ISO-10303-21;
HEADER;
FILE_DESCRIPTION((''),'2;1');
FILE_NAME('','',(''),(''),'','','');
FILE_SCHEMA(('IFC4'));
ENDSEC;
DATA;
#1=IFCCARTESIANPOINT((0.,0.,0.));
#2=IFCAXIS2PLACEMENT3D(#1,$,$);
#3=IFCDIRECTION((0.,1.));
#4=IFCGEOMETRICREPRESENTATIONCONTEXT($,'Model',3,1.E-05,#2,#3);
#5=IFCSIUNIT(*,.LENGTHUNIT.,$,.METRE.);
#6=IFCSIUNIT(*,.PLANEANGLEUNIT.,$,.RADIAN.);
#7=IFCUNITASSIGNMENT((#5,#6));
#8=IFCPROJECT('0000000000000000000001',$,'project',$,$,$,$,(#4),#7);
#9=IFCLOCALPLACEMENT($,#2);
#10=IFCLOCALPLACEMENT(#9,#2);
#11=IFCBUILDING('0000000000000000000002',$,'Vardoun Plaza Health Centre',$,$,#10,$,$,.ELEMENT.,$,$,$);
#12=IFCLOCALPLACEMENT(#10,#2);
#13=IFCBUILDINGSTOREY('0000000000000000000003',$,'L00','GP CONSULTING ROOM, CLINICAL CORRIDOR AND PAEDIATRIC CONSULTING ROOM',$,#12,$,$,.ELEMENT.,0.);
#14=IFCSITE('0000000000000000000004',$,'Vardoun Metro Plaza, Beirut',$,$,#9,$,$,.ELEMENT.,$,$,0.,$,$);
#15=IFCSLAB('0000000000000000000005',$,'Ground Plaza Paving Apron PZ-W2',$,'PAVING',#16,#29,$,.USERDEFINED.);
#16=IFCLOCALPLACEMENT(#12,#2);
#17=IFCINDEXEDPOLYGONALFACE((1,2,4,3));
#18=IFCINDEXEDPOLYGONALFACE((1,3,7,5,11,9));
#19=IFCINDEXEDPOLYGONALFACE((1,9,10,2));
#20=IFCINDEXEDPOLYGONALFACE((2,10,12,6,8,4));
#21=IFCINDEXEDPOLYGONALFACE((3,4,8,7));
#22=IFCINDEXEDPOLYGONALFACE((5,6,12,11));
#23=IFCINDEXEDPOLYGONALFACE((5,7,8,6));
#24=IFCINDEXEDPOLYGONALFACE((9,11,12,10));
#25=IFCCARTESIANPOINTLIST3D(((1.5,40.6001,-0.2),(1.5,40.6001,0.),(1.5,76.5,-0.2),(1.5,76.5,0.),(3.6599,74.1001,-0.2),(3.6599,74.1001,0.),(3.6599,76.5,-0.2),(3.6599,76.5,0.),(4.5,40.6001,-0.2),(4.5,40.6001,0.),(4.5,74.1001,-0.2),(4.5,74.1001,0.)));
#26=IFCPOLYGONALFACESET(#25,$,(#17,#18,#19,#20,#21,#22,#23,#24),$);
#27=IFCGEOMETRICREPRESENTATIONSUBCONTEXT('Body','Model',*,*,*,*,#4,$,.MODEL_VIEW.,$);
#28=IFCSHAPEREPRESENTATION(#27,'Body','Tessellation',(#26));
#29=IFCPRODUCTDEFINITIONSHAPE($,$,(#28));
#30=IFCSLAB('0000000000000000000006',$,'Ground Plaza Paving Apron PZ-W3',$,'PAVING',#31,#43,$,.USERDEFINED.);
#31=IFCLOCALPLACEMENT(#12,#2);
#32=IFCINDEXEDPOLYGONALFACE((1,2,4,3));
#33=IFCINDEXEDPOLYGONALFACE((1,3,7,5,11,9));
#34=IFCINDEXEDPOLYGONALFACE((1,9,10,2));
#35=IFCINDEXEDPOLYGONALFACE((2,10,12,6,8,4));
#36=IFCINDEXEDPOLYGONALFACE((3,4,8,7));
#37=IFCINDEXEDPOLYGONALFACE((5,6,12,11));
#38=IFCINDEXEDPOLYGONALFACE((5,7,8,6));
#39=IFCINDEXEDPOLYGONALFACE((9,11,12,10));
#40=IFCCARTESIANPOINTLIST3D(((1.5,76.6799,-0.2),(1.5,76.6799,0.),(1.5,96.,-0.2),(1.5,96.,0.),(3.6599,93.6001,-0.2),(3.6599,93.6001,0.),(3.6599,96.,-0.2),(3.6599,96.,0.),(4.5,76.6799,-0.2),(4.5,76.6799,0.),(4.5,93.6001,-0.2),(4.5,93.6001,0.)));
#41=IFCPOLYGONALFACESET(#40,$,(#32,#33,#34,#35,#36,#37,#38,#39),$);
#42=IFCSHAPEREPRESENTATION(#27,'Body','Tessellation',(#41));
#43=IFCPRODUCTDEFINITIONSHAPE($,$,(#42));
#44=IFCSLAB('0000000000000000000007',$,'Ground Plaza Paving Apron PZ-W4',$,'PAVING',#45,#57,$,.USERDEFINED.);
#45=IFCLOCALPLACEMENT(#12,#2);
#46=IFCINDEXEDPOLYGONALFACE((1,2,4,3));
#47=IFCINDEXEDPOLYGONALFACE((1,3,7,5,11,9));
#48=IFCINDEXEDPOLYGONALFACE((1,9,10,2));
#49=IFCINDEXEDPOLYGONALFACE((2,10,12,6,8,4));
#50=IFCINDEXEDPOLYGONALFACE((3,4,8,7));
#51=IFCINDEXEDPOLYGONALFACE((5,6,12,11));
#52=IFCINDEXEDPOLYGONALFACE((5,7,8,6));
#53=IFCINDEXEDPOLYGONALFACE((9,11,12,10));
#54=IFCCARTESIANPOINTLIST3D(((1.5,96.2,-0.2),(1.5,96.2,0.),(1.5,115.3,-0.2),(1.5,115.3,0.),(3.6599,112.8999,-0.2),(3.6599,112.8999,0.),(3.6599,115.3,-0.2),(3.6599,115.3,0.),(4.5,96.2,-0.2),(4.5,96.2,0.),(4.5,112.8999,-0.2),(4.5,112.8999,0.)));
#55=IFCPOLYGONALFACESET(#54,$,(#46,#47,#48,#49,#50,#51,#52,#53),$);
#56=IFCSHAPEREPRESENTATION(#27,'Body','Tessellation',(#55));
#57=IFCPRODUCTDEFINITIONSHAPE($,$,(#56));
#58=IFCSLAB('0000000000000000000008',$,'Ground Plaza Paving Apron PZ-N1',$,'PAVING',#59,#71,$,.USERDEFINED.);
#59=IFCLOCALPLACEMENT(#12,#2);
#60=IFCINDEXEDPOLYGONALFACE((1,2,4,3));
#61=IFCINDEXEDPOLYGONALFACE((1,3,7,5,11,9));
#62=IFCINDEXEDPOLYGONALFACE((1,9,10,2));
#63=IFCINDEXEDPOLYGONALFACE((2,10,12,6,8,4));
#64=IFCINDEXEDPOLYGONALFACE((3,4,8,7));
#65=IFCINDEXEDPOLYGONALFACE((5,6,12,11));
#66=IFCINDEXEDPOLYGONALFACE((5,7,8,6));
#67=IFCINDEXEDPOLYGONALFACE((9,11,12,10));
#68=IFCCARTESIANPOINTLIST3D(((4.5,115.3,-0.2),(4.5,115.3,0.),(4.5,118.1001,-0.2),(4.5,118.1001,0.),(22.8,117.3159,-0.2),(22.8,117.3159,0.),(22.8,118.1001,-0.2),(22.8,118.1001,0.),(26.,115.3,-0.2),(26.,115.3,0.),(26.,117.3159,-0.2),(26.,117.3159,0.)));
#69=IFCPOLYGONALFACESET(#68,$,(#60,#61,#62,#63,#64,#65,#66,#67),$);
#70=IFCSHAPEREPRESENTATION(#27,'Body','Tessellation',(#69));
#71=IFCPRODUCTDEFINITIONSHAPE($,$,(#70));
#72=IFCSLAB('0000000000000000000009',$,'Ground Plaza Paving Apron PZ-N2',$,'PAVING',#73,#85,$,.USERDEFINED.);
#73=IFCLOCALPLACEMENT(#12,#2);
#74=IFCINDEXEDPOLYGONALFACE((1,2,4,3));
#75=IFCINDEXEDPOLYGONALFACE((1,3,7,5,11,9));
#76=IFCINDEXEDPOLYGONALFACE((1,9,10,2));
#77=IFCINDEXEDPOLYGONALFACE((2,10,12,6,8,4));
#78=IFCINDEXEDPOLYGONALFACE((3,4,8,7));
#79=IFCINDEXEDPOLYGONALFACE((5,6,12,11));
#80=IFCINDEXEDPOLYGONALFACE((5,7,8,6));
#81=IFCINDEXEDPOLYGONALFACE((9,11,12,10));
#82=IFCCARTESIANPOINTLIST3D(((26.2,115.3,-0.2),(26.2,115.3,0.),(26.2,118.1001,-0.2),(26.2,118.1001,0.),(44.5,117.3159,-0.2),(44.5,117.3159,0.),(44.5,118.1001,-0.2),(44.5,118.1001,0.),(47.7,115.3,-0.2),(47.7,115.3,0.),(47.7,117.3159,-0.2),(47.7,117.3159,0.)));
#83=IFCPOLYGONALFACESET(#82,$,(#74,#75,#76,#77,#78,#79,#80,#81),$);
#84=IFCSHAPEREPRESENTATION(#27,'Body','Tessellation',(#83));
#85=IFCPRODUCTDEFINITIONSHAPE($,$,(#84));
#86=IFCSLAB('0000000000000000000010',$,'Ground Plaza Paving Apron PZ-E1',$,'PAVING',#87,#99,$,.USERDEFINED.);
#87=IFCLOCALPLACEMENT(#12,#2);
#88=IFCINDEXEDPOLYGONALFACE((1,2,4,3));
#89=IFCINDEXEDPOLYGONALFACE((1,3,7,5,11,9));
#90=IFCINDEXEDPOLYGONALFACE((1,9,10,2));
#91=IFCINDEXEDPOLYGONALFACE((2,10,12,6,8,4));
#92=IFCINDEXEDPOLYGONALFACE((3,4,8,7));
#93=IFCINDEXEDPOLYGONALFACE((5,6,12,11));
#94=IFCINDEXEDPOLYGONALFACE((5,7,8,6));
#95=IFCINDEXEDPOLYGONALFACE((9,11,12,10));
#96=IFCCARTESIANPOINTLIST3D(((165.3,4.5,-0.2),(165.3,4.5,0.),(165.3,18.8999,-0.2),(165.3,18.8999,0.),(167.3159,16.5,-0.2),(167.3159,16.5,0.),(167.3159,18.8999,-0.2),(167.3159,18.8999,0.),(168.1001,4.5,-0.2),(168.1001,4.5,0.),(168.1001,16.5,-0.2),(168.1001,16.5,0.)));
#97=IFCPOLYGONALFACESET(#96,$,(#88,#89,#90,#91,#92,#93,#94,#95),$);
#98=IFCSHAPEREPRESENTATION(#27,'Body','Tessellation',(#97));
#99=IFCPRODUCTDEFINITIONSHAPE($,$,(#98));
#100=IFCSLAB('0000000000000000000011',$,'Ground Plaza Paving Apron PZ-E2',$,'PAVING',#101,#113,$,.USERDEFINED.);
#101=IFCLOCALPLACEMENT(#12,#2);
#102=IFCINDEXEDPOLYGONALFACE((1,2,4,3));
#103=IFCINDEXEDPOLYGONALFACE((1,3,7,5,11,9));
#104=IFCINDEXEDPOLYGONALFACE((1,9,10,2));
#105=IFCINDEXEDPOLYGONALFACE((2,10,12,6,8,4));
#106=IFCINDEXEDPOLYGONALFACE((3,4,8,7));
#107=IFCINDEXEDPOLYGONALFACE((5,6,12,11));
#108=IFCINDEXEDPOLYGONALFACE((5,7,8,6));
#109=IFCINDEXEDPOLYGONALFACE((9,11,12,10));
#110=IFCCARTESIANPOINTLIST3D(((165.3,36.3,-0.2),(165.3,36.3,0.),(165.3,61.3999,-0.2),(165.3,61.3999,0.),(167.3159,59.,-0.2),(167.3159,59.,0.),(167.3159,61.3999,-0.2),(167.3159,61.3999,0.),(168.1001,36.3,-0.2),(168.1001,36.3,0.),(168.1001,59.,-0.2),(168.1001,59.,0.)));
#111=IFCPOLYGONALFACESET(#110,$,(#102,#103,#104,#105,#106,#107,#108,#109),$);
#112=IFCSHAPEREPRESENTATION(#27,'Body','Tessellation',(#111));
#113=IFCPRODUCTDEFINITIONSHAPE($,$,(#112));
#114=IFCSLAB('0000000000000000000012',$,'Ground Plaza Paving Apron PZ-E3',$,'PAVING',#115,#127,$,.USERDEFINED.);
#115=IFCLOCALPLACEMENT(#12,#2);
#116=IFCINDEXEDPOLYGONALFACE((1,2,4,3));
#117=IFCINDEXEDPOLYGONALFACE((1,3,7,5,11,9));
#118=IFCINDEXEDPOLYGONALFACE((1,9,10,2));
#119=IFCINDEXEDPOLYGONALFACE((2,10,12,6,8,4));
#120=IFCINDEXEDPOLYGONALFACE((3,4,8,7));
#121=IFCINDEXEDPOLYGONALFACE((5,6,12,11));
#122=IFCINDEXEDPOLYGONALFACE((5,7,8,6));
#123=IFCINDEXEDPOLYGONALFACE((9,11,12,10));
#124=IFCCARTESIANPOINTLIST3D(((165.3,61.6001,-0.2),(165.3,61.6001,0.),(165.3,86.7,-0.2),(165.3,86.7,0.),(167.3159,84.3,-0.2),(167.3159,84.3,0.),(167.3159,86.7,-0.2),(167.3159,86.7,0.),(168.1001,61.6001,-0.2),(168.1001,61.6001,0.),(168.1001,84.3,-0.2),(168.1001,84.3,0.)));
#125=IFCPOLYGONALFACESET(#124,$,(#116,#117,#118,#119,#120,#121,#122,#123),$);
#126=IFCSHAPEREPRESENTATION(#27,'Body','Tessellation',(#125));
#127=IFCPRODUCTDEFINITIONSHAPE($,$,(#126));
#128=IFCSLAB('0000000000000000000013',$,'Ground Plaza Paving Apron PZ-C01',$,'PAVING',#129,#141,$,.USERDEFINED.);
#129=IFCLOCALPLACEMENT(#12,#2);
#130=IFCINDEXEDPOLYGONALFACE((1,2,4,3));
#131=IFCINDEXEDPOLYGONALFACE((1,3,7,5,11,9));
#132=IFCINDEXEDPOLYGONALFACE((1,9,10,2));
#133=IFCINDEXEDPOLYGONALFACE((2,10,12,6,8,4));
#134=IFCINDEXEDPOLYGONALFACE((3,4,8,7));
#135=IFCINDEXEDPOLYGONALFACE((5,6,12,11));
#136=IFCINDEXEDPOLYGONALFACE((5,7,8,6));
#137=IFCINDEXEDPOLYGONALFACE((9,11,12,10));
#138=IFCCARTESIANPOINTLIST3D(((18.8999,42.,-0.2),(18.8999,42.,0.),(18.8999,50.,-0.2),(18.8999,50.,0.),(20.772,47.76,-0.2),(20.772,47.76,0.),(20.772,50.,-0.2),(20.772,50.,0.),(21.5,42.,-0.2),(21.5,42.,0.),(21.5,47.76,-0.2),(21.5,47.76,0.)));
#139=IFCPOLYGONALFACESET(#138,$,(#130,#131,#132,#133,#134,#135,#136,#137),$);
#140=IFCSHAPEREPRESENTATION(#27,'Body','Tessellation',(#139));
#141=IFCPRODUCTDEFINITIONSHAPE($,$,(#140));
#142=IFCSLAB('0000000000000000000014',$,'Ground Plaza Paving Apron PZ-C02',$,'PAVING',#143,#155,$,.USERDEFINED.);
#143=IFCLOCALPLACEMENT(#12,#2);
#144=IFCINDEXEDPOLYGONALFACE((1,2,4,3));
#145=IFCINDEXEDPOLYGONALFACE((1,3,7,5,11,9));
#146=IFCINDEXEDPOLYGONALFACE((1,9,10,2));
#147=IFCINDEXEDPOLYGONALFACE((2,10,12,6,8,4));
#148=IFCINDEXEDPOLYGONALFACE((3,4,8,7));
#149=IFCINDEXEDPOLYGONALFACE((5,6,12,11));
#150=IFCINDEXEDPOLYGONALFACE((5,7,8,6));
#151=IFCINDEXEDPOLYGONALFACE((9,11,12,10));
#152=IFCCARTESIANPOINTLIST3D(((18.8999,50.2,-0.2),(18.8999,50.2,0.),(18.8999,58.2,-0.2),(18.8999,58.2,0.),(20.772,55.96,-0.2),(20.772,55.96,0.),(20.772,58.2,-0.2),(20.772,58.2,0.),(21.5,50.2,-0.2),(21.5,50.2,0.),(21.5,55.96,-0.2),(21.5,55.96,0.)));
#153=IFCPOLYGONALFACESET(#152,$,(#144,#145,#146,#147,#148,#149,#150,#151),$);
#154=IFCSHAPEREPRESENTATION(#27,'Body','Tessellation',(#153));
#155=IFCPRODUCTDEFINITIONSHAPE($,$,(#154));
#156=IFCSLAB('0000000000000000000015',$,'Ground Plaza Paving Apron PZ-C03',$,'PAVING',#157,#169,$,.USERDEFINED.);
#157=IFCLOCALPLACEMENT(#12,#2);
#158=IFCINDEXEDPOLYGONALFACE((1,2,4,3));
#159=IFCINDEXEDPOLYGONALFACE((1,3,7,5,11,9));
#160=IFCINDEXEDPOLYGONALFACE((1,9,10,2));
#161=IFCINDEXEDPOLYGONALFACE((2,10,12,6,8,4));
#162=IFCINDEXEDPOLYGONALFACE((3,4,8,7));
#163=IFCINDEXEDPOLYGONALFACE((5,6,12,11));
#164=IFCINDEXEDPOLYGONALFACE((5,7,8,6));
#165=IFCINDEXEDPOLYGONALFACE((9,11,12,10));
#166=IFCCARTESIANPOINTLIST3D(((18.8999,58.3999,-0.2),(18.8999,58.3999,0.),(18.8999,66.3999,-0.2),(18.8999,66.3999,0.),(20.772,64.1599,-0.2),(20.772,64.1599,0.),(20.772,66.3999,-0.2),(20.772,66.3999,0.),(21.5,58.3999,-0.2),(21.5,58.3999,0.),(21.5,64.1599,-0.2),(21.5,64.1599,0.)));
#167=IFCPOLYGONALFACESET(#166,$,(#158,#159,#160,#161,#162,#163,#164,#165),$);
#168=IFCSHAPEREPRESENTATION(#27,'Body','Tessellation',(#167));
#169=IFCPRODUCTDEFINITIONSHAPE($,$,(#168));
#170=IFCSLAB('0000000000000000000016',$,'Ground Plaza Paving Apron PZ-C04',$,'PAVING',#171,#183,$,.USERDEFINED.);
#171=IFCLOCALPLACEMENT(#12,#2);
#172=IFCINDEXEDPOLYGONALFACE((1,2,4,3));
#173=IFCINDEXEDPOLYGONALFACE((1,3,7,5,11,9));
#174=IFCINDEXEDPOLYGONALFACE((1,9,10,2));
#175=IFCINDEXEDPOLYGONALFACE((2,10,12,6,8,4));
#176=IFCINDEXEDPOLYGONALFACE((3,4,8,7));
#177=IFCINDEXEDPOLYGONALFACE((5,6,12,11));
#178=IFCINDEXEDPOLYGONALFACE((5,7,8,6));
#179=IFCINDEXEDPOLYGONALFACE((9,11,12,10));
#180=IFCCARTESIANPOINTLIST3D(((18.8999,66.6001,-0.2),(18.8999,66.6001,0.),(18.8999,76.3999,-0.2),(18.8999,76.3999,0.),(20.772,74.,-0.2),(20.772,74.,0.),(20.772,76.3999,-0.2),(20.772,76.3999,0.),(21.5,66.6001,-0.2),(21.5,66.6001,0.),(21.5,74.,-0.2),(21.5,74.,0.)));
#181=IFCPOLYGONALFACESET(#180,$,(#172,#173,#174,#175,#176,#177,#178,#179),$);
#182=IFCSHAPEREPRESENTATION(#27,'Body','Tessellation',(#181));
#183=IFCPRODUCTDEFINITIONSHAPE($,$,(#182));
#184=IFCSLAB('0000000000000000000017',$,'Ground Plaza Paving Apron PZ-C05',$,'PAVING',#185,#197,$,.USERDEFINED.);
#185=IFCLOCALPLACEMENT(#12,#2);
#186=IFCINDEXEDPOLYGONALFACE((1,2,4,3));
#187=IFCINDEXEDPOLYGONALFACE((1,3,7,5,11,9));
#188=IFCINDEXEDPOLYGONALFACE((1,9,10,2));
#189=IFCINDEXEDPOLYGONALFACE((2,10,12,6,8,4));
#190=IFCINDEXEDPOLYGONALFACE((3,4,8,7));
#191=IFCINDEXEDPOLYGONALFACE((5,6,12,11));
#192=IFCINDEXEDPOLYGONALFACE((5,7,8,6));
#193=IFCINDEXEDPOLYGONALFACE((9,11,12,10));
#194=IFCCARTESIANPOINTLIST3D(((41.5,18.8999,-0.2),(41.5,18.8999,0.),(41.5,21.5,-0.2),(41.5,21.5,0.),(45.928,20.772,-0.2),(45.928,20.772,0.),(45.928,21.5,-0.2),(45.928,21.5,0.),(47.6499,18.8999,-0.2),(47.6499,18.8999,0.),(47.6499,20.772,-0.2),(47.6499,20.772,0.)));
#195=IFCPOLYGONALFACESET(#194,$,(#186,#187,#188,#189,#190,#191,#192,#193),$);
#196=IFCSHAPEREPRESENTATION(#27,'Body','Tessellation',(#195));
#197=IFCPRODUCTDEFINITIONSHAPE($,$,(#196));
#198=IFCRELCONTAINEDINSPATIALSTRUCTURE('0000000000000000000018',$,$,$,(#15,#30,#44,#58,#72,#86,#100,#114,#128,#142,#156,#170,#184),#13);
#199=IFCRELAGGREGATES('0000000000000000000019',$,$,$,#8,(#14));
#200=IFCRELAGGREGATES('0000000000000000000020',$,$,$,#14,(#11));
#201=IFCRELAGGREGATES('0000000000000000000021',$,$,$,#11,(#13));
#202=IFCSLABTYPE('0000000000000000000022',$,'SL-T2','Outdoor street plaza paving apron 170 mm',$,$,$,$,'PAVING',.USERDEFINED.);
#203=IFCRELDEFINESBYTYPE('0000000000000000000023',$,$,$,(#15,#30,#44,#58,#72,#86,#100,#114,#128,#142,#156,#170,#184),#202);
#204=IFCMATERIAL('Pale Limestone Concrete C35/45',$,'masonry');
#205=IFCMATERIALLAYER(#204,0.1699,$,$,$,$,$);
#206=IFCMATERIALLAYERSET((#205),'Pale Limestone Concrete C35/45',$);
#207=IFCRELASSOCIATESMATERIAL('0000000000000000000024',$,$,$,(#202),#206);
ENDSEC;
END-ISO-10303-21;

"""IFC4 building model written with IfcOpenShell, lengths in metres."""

from ifc_helpers import new_model, si_unit, direction, frame, origin, place, context, subcontext, project, spatial, polyline, outline, extrude, material, layer, layer_set, type_object, element, save


model = new_model("IFC4")

# Units and contexts
model_context = context("Model", 3, precision=1e-05, world=origin(), true_north=direction((0.0, 1.0)))
body_context = subcontext(model_context, "Body", "Model", "MODEL_VIEW")
ifc_project = project(units=[si_unit("LENGTHUNIT", "METRE"), si_unit("PLANEANGLEUNIT", "RADIAN")], contexts=[model_context])

# Site, building, storey
site_placement = place(None, origin())
site = spatial("IfcSite", under=ifc_project, at=site_placement, Name="Vardoun Metro Plaza, Beirut", CompositionType="ELEMENT", RefElevation=0.0)
building_placement = place(site_placement, origin())
building = spatial("IfcBuilding", under=site, at=building_placement, Name="Vardoun Plaza Health Centre", CompositionType="ELEMENT")
storey_placement = place(building_placement, origin())
storey = spatial("IfcBuildingStorey", under=building, at=storey_placement, Name="L00", Description="GP CONSULTING ROOM, CLINICAL CORRIDOR AND PAEDIATRIC CONSULTING ROOM", CompositionType="ELEMENT", Elevation=0.0)

# Slabs
ifc_material_1 = material(Name="Pale Limestone Concrete C35/45", Category="masonry")
ifc_layer_1 = layer(ifc_material_1, 0.1699)
ifc_layer_set_1 = layer_set([ifc_layer_1], Name="Pale Limestone Concrete C35/45")
slab_type_1 = type_object("IfcSlabType", Name="SL-T2", Description="Outdoor street plaza paving apron 170 mm", ElementType="PAVING", PredefinedType="USERDEFINED", material=ifc_layer_set_1)
slab_1_placement = place(storey_placement, frame((0.0, 0.0, -0.2)))
element("IfcSlab", 1, at=slab_1_placement, inside=storey, type_object=slab_type_1, Name="Ground Plaza Paving Apron PZ-W2", ObjectType="PAVING", PredefinedType="USERDEFINED", context=body_context, shape_type="SweptSolid", body=[
    extrude(outline(polyline([(1.5, 40.6001), (4.5, 40.6001), (4.5, 74.1001), (3.6599, 74.1001), (3.6599, 76.5), (1.5, 76.5), (1.5, 40.6001)])), origin(), (0.0, 0.0, 1.0), 0.2),
])
slab_2_placement = place(storey_placement, frame((0.0, 0.0, -0.2)))
element("IfcSlab", 2, at=slab_2_placement, inside=storey, type_object=slab_type_1, Name="Ground Plaza Paving Apron PZ-W3", ObjectType="PAVING", PredefinedType="USERDEFINED", context=body_context, shape_type="SweptSolid", body=[
    extrude(outline(polyline([(1.5, 76.6799), (4.5, 76.6799), (4.5, 93.6001), (3.6599, 93.6001), (3.6599, 96.0), (1.5, 96.0), (1.5, 76.6799)])), origin(), (0.0, 0.0, 1.0), 0.2),
])
slab_3_placement = place(storey_placement, frame((0.0, 0.0, -0.2)))
element("IfcSlab", 3, at=slab_3_placement, inside=storey, type_object=slab_type_1, Name="Ground Plaza Paving Apron PZ-W4", ObjectType="PAVING", PredefinedType="USERDEFINED", context=body_context, shape_type="SweptSolid", body=[
    extrude(outline(polyline([(1.5, 96.2), (4.5, 96.2), (4.5, 112.8999), (3.6599, 112.8999), (3.6599, 115.3), (1.5, 115.3), (1.5, 96.2)])), origin(), (0.0, 0.0, 1.0), 0.2),
])
slab_4_placement = place(storey_placement, frame((0.0, 0.0, -0.2)))
element("IfcSlab", 4, at=slab_4_placement, inside=storey, type_object=slab_type_1, Name="Ground Plaza Paving Apron PZ-N1", ObjectType="PAVING", PredefinedType="USERDEFINED", context=body_context, shape_type="SweptSolid", body=[
    extrude(outline(polyline([(4.5, 115.3), (26.0, 115.3), (26.0, 117.3159), (22.8, 117.3159), (22.8, 118.1001), (4.5, 118.1001), (4.5, 115.3)])), origin(), (0.0, 0.0, 1.0), 0.2),
])
slab_5_placement = place(storey_placement, frame((0.0, 0.0, -0.2)))
element("IfcSlab", 5, at=slab_5_placement, inside=storey, type_object=slab_type_1, Name="Ground Plaza Paving Apron PZ-N2", ObjectType="PAVING", PredefinedType="USERDEFINED", context=body_context, shape_type="SweptSolid", body=[
    extrude(outline(polyline([(26.2, 115.3), (47.7, 115.3), (47.7, 117.3159), (44.5, 117.3159), (44.5, 118.1001), (26.2, 118.1001), (26.2, 115.3)])), origin(), (0.0, 0.0, 1.0), 0.2),
])
slab_6_placement = place(storey_placement, frame((0.0, 0.0, -0.2)))
element("IfcSlab", 6, at=slab_6_placement, inside=storey, type_object=slab_type_1, Name="Ground Plaza Paving Apron PZ-E1", ObjectType="PAVING", PredefinedType="USERDEFINED", context=body_context, shape_type="SweptSolid", body=[
    extrude(outline(polyline([(165.3, 4.5), (168.1001, 4.5), (168.1001, 16.5), (167.3159, 16.5), (167.3159, 18.8999), (165.3, 18.8999), (165.3, 4.5)])), origin(), (0.0, 0.0, 1.0), 0.2),
])
slab_7_placement = place(storey_placement, frame((0.0, 0.0, -0.2)))
element("IfcSlab", 7, at=slab_7_placement, inside=storey, type_object=slab_type_1, Name="Ground Plaza Paving Apron PZ-E2", ObjectType="PAVING", PredefinedType="USERDEFINED", context=body_context, shape_type="SweptSolid", body=[
    extrude(outline(polyline([(165.3, 36.3), (168.1001, 36.3), (168.1001, 59.0), (167.3159, 59.0), (167.3159, 61.3999), (165.3, 61.3999), (165.3, 36.3)])), origin(), (0.0, 0.0, 1.0), 0.2),
])
slab_8_placement = place(storey_placement, frame((0.0, 0.0, -0.2)))
element("IfcSlab", 8, at=slab_8_placement, inside=storey, type_object=slab_type_1, Name="Ground Plaza Paving Apron PZ-E3", ObjectType="PAVING", PredefinedType="USERDEFINED", context=body_context, shape_type="SweptSolid", body=[
    extrude(outline(polyline([(165.3, 61.6001), (168.1001, 61.6001), (168.1001, 84.3), (167.3159, 84.3), (167.3159, 86.7), (165.3, 86.7), (165.3, 61.6001)])), origin(), (0.0, 0.0, 1.0), 0.2),
])
slab_9_placement = place(storey_placement, frame((0.0, 0.0, -0.2)))
element("IfcSlab", 9, at=slab_9_placement, inside=storey, type_object=slab_type_1, Name="Ground Plaza Paving Apron PZ-C01", ObjectType="PAVING", PredefinedType="USERDEFINED", context=body_context, shape_type="SweptSolid", body=[
    extrude(outline(polyline([(18.8999, 42.0), (21.5, 42.0), (21.5, 47.76), (20.772, 47.76), (20.772, 50.0), (18.8999, 50.0), (18.8999, 42.0)])), origin(), (0.0, 0.0, 1.0), 0.2),
])
slab_10_placement = place(storey_placement, frame((0.0, 0.0, -0.2)))
element("IfcSlab", 10, at=slab_10_placement, inside=storey, type_object=slab_type_1, Name="Ground Plaza Paving Apron PZ-C02", ObjectType="PAVING", PredefinedType="USERDEFINED", context=body_context, shape_type="SweptSolid", body=[
    extrude(outline(polyline([(18.8999, 50.2), (21.5, 50.2), (21.5, 55.96), (20.772, 55.96), (20.772, 58.2), (18.8999, 58.2), (18.8999, 50.2)])), origin(), (0.0, 0.0, 1.0), 0.2),
])
slab_11_placement = place(storey_placement, frame((0.0, 0.0, -0.2)))
element("IfcSlab", 11, at=slab_11_placement, inside=storey, type_object=slab_type_1, Name="Ground Plaza Paving Apron PZ-C03", ObjectType="PAVING", PredefinedType="USERDEFINED", context=body_context, shape_type="SweptSolid", body=[
    extrude(outline(polyline([(18.8999, 58.3999), (21.5, 58.3999), (21.5, 64.1599), (20.772, 64.1599), (20.772, 66.3999), (18.8999, 66.3999), (18.8999, 58.3999)])), origin(), (0.0, 0.0, 1.0), 0.2),
])
slab_12_placement = place(storey_placement, frame((0.0, 0.0, -0.2)))
element("IfcSlab", 12, at=slab_12_placement, inside=storey, type_object=slab_type_1, Name="Ground Plaza Paving Apron PZ-C04", ObjectType="PAVING", PredefinedType="USERDEFINED", context=body_context, shape_type="SweptSolid", body=[
    extrude(outline(polyline([(18.8999, 66.6001), (21.5, 66.6001), (21.5, 74.0), (20.772, 74.0), (20.772, 76.3999), (18.8999, 76.3999), (18.8999, 66.6001)])), origin(), (0.0, 0.0, 1.0), 0.2),
])
slab_13_placement = place(storey_placement, frame((0.0, 0.0, -0.2)))
element("IfcSlab", 13, at=slab_13_placement, inside=storey, type_object=slab_type_1, Name="Ground Plaza Paving Apron PZ-C05", ObjectType="PAVING", PredefinedType="USERDEFINED", context=body_context, shape_type="SweptSolid", body=[
    extrude(outline(polyline([(41.5, 18.8999), (47.6499, 18.8999), (47.6499, 20.772), (45.928, 20.772), (45.928, 21.5), (41.5, 21.5), (41.5, 18.8999)])), origin(), (0.0, 0.0, 1.0), 0.2),
])

save(model, "model.ifc")
